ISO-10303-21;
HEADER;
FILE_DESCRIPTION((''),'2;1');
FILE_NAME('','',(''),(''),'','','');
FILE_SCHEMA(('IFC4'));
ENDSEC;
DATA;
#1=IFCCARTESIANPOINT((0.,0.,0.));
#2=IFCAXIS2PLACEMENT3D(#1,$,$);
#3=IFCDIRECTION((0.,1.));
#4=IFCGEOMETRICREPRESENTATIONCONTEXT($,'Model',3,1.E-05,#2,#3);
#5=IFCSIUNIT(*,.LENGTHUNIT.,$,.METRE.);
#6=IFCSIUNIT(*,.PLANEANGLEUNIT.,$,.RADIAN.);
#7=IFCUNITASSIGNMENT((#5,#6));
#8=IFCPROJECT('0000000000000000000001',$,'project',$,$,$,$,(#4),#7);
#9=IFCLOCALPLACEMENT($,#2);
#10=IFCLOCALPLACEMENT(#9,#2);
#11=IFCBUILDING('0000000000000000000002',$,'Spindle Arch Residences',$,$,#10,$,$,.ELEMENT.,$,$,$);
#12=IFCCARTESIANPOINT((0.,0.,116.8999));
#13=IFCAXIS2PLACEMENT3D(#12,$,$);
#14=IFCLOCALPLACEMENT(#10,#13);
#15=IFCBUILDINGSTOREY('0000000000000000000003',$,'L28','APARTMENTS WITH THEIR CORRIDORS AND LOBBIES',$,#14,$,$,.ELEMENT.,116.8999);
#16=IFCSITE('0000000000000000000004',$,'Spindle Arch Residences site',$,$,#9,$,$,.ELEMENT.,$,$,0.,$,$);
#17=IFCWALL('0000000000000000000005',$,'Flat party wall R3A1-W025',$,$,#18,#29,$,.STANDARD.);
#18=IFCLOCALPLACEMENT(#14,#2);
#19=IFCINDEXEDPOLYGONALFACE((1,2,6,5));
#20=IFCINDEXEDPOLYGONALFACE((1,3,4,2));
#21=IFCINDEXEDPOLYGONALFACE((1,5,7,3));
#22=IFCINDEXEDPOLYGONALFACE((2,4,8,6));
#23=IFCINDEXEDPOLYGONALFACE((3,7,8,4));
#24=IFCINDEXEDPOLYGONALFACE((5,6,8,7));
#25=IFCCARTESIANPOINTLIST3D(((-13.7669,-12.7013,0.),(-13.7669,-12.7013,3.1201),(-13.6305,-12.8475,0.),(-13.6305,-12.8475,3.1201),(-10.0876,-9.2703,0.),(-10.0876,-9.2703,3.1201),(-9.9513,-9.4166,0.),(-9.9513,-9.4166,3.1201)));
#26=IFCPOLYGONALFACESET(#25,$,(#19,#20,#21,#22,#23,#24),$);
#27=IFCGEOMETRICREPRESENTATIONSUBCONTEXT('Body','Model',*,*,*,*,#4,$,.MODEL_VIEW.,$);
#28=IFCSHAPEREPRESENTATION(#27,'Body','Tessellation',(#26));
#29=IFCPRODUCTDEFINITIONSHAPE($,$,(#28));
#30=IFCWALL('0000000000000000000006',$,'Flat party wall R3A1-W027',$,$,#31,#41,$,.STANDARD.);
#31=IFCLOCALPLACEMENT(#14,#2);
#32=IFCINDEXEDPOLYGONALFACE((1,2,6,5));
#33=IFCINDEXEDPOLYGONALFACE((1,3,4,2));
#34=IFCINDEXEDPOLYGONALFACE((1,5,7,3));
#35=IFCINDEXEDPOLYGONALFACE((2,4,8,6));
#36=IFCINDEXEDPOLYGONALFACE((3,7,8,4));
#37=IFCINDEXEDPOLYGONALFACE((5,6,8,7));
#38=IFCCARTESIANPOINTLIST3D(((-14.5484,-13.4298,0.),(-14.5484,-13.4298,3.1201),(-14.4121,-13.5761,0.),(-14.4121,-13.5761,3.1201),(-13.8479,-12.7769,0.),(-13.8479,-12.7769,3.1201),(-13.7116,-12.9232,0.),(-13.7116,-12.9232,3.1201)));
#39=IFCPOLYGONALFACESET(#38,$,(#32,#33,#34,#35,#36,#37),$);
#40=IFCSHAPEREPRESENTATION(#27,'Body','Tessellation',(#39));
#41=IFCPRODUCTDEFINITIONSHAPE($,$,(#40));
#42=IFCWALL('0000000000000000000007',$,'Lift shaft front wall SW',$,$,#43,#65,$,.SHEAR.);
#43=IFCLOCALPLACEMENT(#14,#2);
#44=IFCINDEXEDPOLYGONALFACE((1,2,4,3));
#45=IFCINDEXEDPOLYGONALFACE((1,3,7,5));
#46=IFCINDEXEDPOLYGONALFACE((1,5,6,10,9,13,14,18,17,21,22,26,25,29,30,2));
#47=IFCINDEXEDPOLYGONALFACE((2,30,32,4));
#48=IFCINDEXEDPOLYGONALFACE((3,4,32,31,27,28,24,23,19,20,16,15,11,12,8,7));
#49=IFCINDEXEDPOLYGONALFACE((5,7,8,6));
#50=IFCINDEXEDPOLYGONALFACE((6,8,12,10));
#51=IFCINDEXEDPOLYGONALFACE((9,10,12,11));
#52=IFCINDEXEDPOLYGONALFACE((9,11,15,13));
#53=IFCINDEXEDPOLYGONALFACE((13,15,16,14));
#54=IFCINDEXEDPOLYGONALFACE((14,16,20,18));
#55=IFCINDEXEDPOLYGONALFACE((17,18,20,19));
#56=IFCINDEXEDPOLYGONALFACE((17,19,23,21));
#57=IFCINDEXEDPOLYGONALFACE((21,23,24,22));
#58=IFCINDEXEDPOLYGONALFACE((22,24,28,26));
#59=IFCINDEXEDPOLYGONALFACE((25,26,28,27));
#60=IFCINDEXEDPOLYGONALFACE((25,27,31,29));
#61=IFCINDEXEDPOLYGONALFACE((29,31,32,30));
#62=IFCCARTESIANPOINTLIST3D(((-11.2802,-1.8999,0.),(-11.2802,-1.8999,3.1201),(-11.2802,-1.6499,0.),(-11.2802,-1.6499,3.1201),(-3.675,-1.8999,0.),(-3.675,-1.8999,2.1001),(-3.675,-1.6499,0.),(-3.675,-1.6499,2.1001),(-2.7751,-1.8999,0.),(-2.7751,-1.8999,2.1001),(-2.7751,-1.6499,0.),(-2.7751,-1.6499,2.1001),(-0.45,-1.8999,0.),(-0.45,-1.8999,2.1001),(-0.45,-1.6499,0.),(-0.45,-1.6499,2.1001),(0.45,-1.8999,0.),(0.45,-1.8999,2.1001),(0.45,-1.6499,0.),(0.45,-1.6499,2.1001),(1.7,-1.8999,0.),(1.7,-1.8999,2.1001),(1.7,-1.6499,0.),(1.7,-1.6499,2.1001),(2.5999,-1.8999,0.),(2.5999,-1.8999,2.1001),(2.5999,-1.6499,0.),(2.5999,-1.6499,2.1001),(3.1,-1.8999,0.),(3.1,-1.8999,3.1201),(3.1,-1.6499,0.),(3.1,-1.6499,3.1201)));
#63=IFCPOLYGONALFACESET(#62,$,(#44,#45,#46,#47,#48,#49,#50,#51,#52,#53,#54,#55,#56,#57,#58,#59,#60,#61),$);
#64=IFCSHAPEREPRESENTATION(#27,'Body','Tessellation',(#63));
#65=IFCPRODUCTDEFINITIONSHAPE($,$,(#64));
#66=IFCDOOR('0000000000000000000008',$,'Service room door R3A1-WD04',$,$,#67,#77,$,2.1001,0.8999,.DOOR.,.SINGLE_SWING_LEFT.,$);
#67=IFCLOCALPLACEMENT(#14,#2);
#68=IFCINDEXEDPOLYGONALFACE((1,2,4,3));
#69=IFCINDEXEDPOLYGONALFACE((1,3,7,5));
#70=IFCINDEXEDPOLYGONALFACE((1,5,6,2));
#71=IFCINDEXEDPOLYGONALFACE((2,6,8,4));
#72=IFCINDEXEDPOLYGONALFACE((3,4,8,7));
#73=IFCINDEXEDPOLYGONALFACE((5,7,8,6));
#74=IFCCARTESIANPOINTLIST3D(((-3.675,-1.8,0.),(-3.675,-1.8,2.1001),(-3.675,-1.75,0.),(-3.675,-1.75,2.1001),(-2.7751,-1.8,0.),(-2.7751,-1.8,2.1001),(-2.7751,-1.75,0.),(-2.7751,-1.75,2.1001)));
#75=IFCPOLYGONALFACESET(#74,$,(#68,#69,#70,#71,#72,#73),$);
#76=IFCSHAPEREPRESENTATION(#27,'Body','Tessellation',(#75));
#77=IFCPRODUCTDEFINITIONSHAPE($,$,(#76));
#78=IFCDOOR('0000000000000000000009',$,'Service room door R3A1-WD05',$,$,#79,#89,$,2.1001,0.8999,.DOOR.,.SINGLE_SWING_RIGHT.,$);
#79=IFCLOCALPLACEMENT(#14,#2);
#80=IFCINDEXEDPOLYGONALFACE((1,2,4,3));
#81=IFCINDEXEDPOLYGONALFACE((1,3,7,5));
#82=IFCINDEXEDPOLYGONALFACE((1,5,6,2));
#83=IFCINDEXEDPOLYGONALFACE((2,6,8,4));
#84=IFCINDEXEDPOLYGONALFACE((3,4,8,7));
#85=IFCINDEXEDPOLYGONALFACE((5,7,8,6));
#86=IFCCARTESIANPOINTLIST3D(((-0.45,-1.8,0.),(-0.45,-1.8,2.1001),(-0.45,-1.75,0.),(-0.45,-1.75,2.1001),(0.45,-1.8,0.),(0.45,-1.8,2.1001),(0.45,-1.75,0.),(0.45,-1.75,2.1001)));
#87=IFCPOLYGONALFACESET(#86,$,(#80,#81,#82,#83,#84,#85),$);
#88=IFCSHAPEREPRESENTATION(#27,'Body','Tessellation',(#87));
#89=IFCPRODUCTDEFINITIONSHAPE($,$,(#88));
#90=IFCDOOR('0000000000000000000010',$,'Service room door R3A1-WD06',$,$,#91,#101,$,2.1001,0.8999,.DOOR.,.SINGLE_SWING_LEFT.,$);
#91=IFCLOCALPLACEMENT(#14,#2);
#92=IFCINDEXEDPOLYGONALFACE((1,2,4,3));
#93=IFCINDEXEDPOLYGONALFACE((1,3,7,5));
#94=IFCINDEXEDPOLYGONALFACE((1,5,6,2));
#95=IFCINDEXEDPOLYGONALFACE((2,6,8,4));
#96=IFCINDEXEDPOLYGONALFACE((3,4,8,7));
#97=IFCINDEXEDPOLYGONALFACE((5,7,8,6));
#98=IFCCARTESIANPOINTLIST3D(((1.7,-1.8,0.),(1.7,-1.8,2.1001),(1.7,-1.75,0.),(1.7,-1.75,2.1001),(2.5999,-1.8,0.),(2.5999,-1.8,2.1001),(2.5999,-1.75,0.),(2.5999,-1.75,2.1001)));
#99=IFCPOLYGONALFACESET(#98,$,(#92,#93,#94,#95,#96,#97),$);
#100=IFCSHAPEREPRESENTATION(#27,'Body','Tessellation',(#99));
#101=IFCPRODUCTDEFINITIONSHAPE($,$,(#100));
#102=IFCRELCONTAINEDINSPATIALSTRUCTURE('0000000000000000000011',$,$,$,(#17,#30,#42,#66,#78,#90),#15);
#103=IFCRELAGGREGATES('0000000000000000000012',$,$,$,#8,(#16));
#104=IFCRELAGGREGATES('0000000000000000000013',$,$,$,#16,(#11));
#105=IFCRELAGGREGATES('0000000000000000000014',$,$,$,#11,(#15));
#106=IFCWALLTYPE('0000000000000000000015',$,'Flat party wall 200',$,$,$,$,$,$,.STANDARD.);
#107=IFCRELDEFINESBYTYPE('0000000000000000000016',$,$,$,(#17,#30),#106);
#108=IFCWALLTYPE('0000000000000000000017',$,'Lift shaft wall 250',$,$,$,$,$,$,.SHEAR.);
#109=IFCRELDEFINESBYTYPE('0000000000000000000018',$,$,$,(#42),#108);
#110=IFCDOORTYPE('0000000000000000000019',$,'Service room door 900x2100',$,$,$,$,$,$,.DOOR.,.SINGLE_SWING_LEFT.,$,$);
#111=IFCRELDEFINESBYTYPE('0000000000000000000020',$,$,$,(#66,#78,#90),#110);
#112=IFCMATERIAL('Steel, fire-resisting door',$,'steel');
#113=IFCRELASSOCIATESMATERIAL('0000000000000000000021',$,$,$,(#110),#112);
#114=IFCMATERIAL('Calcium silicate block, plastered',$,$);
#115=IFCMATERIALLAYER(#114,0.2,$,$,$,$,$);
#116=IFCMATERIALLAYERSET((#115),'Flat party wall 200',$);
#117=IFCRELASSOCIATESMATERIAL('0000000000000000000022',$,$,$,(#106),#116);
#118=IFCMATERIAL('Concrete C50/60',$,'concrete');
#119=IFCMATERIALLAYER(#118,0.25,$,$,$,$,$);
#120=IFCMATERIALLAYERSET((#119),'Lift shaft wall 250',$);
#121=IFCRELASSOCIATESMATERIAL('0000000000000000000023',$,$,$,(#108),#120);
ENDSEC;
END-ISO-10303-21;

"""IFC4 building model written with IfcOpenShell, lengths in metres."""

from ifc_helpers import new_model, si_unit, direction, frame, frame_2d, origin, place, context, subcontext, project, spatial, rectangle, extrude, material, layer, layer_set, type_object, element, fill, save


model = new_model("IFC4")

# Units and contexts
model_context = context("Model", 3, precision=1e-05, world=origin(), true_north=direction((0.0, 1.0)))
body_context = subcontext(model_context, "Body", "Model", "MODEL_VIEW")
ifc_project = project(units=[si_unit("LENGTHUNIT", "METRE"), si_unit("PLANEANGLEUNIT", "RADIAN")], contexts=[model_context])

# Site, building, storey
site_placement = place(None, origin())
site = spatial("IfcSite", under=ifc_project, at=site_placement, Name="Spindle Arch Residences site", CompositionType="ELEMENT", RefElevation=0.0)
building_placement = place(site_placement, origin())
building = spatial("IfcBuilding", under=site, at=building_placement, Name="Spindle Arch Residences", CompositionType="ELEMENT")
storey_placement = place(building_placement, frame((0.0, 0.0, 116.8999)))
storey = spatial("IfcBuildingStorey", under=building, at=storey_placement, Name="L28", Description="APARTMENTS WITH THEIR CORRIDORS AND LOBBIES", CompositionType="ELEMENT", Elevation=116.8999)

# Shared definitions
ifc_material_1 = material(Name="Steel, fire-resisting door", Category="steel")
door_type_1 = type_object("IfcDoorType", Name="Service room door 900x2100", OperationType="SINGLE_SWING_LEFT", PredefinedType="DOOR", material=ifc_material_1)

# Walls
ifc_material_2 = material(Name="Calcium silicate block, plastered")
ifc_layer_1 = layer(ifc_material_2, 0.2)
ifc_layer_set_1 = layer_set([ifc_layer_1], Name="Flat party wall 200")
wall_type_1 = type_object("IfcWallType", Name="Flat party wall 200", PredefinedType="STANDARD", material=ifc_layer_set_1)
wall_1_placement = place(storey_placement, frame((-13.6987, -12.7744, 0.0), z_axis=(0.0, 0.0, 1.0), x_axis=(0.731354, 0.681998, 0.0)))
element("IfcWall", 1, at=wall_1_placement, inside=storey, type_object=wall_type_1, Name="Flat party wall R3A1-W025", PredefinedType="STANDARD", context=body_context, shape_type="SweptSolid", body=[
    extrude(rectangle(XDim=5.0308, YDim=0.2, at=frame_2d((2.5154, 0.0))), origin(), (0.0, 0.0, 1.0), 3.1201),
])
wall_2_placement = place(storey_placement, frame((-14.4802, -13.5029, 0.0), z_axis=(0.0, 0.0, 1.0), x_axis=(0.73153, 0.681809, 0.0)))
element("IfcWall", 2, at=wall_2_placement, inside=storey, type_object=wall_type_1, Name="Flat party wall R3A1-W027", PredefinedType="STANDARD", context=body_context, shape_type="SweptSolid", body=[
    extrude(rectangle(XDim=0.9575, YDim=0.2, at=frame_2d((0.4788, 0.0))), origin(), (0.0, 0.0, 1.0), 3.1201),
])

# Wall, openings, doors
ifc_material_3 = material(Name="Concrete C50/60", Category="concrete")
ifc_layer_2 = layer(ifc_material_3, 0.25)
ifc_layer_set_2 = layer_set([ifc_layer_2], Name="Lift shaft wall 250")
wall_type_2 = type_object("IfcWallType", Name="Lift shaft wall 250", PredefinedType="SHEAR", material=ifc_layer_set_2)
wall_3_placement = place(storey_placement, frame((-11.28, -1.7749, 0.0), z_axis=(0.0, 0.0, 1.0), x_axis=(1.0, 0.0, 0.0)))
wall_3 = element("IfcWall", 3, at=wall_3_placement, inside=storey, type_object=wall_type_2, Name="Lift shaft front wall SW", PredefinedType="SHEAR", context=body_context, shape_type="SweptSolid", body=[
    extrude(rectangle(XDim=14.3801, YDim=0.25, at=frame_2d((7.1899, 0.0))), origin(), (0.0, 0.0, 1.0), 3.1201),
])
opening_1_placement = place(wall_3_placement, frame((7.605, 0.0, 0.0)))
opening_1 = element("IfcOpeningElement", 4, at=opening_1_placement, cuts=wall_3, PredefinedType="OPENING", context=body_context, shape_type="SweptSolid", body=[
    extrude(rectangle(XDim=0.8999, YDim=2.1001, at=frame_2d((0.45, 1.05))), frame((0.0, 0.135, 0.0), z_axis=(0.0, -1.0, 0.0), x_axis=(1.0, 0.0, 0.0)), (0.0, 0.0, 1.0), 0.27),
])
opening_2_placement = place(wall_3_placement, frame((10.8301, 0.0, 0.0)))
opening_2 = element("IfcOpeningElement", 5, at=opening_2_placement, cuts=wall_3, PredefinedType="OPENING", context=body_context, shape_type="SweptSolid", body=[
    extrude(rectangle(XDim=0.8999, YDim=2.1001, at=frame_2d((0.45, 1.05))), frame((0.0, 0.135, 0.0), z_axis=(0.0, -1.0, 0.0), x_axis=(1.0, 0.0, 0.0)), (0.0, 0.0, 1.0), 0.27),
])
opening_3_placement = place(wall_3_placement, frame((12.98, 0.0, 0.0)))
opening_3 = element("IfcOpeningElement", 6, at=opening_3_placement, cuts=wall_3, PredefinedType="OPENING", context=body_context, shape_type="SweptSolid", body=[
    extrude(rectangle(XDim=0.8999, YDim=2.1001, at=frame_2d((0.45, 1.05))), frame((0.0, 0.135, 0.0), z_axis=(0.0, -1.0, 0.0), x_axis=(1.0, 0.0, 0.0)), (0.0, 0.0, 1.0), 0.27),
])
door_1_placement = place(opening_1_placement, origin())
door_1 = element("IfcDoor", 7, at=door_1_placement, inside=storey, type_object=door_type_1, Name="Service room door R3A1-WD04", OperationType="SINGLE_SWING_LEFT", OverallHeight=2.1001, OverallWidth=0.8999, PredefinedType="DOOR", context=body_context, shape_type="SweptSolid", body=[
    extrude(rectangle(XDim=0.8999, YDim=2.1001, at=frame_2d((0.45, 1.05))), frame((0.0, 0.0249, 0.0), z_axis=(0.0, -1.0, 0.0), x_axis=(1.0, 0.0, 0.0)), (0.0, 0.0, 1.0), 0.05),
])
fill(opening_1, door_1)
door_2_placement = place(opening_2_placement, origin())
door_2 = element("IfcDoor", 8, at=door_2_placement, inside=storey, type_object=door_type_1, Name="Service room door R3A1-WD05", OperationType="SINGLE_SWING_RIGHT", OverallHeight=2.1001, OverallWidth=0.8999, PredefinedType="DOOR", context=body_context, shape_type="SweptSolid", body=[
    extrude(rectangle(XDim=0.8999, YDim=2.1001, at=frame_2d((0.45, 1.05))), frame((0.0, 0.0249, 0.0), z_axis=(0.0, -1.0, 0.0), x_axis=(1.0, 0.0, 0.0)), (0.0, 0.0, 1.0), 0.05),
])
fill(opening_2, door_2)
door_3_placement = place(opening_3_placement, origin())
door_3 = element("IfcDoor", 9, at=door_3_placement, inside=storey, type_object=door_type_1, Name="Service room door R3A1-WD06", OperationType="SINGLE_SWING_LEFT", OverallHeight=2.1001, OverallWidth=0.8999, PredefinedType="DOOR", context=body_context, shape_type="SweptSolid", body=[
    extrude(rectangle(XDim=0.8999, YDim=2.1001, at=frame_2d((0.45, 1.05))), frame((0.0, 0.0249, 0.0), z_axis=(0.0, -1.0, 0.0), x_axis=(1.0, 0.0, 0.0)), (0.0, 0.0, 1.0), 0.05),
])
fill(opening_3, door_3)

save(model, "model.ifc")
